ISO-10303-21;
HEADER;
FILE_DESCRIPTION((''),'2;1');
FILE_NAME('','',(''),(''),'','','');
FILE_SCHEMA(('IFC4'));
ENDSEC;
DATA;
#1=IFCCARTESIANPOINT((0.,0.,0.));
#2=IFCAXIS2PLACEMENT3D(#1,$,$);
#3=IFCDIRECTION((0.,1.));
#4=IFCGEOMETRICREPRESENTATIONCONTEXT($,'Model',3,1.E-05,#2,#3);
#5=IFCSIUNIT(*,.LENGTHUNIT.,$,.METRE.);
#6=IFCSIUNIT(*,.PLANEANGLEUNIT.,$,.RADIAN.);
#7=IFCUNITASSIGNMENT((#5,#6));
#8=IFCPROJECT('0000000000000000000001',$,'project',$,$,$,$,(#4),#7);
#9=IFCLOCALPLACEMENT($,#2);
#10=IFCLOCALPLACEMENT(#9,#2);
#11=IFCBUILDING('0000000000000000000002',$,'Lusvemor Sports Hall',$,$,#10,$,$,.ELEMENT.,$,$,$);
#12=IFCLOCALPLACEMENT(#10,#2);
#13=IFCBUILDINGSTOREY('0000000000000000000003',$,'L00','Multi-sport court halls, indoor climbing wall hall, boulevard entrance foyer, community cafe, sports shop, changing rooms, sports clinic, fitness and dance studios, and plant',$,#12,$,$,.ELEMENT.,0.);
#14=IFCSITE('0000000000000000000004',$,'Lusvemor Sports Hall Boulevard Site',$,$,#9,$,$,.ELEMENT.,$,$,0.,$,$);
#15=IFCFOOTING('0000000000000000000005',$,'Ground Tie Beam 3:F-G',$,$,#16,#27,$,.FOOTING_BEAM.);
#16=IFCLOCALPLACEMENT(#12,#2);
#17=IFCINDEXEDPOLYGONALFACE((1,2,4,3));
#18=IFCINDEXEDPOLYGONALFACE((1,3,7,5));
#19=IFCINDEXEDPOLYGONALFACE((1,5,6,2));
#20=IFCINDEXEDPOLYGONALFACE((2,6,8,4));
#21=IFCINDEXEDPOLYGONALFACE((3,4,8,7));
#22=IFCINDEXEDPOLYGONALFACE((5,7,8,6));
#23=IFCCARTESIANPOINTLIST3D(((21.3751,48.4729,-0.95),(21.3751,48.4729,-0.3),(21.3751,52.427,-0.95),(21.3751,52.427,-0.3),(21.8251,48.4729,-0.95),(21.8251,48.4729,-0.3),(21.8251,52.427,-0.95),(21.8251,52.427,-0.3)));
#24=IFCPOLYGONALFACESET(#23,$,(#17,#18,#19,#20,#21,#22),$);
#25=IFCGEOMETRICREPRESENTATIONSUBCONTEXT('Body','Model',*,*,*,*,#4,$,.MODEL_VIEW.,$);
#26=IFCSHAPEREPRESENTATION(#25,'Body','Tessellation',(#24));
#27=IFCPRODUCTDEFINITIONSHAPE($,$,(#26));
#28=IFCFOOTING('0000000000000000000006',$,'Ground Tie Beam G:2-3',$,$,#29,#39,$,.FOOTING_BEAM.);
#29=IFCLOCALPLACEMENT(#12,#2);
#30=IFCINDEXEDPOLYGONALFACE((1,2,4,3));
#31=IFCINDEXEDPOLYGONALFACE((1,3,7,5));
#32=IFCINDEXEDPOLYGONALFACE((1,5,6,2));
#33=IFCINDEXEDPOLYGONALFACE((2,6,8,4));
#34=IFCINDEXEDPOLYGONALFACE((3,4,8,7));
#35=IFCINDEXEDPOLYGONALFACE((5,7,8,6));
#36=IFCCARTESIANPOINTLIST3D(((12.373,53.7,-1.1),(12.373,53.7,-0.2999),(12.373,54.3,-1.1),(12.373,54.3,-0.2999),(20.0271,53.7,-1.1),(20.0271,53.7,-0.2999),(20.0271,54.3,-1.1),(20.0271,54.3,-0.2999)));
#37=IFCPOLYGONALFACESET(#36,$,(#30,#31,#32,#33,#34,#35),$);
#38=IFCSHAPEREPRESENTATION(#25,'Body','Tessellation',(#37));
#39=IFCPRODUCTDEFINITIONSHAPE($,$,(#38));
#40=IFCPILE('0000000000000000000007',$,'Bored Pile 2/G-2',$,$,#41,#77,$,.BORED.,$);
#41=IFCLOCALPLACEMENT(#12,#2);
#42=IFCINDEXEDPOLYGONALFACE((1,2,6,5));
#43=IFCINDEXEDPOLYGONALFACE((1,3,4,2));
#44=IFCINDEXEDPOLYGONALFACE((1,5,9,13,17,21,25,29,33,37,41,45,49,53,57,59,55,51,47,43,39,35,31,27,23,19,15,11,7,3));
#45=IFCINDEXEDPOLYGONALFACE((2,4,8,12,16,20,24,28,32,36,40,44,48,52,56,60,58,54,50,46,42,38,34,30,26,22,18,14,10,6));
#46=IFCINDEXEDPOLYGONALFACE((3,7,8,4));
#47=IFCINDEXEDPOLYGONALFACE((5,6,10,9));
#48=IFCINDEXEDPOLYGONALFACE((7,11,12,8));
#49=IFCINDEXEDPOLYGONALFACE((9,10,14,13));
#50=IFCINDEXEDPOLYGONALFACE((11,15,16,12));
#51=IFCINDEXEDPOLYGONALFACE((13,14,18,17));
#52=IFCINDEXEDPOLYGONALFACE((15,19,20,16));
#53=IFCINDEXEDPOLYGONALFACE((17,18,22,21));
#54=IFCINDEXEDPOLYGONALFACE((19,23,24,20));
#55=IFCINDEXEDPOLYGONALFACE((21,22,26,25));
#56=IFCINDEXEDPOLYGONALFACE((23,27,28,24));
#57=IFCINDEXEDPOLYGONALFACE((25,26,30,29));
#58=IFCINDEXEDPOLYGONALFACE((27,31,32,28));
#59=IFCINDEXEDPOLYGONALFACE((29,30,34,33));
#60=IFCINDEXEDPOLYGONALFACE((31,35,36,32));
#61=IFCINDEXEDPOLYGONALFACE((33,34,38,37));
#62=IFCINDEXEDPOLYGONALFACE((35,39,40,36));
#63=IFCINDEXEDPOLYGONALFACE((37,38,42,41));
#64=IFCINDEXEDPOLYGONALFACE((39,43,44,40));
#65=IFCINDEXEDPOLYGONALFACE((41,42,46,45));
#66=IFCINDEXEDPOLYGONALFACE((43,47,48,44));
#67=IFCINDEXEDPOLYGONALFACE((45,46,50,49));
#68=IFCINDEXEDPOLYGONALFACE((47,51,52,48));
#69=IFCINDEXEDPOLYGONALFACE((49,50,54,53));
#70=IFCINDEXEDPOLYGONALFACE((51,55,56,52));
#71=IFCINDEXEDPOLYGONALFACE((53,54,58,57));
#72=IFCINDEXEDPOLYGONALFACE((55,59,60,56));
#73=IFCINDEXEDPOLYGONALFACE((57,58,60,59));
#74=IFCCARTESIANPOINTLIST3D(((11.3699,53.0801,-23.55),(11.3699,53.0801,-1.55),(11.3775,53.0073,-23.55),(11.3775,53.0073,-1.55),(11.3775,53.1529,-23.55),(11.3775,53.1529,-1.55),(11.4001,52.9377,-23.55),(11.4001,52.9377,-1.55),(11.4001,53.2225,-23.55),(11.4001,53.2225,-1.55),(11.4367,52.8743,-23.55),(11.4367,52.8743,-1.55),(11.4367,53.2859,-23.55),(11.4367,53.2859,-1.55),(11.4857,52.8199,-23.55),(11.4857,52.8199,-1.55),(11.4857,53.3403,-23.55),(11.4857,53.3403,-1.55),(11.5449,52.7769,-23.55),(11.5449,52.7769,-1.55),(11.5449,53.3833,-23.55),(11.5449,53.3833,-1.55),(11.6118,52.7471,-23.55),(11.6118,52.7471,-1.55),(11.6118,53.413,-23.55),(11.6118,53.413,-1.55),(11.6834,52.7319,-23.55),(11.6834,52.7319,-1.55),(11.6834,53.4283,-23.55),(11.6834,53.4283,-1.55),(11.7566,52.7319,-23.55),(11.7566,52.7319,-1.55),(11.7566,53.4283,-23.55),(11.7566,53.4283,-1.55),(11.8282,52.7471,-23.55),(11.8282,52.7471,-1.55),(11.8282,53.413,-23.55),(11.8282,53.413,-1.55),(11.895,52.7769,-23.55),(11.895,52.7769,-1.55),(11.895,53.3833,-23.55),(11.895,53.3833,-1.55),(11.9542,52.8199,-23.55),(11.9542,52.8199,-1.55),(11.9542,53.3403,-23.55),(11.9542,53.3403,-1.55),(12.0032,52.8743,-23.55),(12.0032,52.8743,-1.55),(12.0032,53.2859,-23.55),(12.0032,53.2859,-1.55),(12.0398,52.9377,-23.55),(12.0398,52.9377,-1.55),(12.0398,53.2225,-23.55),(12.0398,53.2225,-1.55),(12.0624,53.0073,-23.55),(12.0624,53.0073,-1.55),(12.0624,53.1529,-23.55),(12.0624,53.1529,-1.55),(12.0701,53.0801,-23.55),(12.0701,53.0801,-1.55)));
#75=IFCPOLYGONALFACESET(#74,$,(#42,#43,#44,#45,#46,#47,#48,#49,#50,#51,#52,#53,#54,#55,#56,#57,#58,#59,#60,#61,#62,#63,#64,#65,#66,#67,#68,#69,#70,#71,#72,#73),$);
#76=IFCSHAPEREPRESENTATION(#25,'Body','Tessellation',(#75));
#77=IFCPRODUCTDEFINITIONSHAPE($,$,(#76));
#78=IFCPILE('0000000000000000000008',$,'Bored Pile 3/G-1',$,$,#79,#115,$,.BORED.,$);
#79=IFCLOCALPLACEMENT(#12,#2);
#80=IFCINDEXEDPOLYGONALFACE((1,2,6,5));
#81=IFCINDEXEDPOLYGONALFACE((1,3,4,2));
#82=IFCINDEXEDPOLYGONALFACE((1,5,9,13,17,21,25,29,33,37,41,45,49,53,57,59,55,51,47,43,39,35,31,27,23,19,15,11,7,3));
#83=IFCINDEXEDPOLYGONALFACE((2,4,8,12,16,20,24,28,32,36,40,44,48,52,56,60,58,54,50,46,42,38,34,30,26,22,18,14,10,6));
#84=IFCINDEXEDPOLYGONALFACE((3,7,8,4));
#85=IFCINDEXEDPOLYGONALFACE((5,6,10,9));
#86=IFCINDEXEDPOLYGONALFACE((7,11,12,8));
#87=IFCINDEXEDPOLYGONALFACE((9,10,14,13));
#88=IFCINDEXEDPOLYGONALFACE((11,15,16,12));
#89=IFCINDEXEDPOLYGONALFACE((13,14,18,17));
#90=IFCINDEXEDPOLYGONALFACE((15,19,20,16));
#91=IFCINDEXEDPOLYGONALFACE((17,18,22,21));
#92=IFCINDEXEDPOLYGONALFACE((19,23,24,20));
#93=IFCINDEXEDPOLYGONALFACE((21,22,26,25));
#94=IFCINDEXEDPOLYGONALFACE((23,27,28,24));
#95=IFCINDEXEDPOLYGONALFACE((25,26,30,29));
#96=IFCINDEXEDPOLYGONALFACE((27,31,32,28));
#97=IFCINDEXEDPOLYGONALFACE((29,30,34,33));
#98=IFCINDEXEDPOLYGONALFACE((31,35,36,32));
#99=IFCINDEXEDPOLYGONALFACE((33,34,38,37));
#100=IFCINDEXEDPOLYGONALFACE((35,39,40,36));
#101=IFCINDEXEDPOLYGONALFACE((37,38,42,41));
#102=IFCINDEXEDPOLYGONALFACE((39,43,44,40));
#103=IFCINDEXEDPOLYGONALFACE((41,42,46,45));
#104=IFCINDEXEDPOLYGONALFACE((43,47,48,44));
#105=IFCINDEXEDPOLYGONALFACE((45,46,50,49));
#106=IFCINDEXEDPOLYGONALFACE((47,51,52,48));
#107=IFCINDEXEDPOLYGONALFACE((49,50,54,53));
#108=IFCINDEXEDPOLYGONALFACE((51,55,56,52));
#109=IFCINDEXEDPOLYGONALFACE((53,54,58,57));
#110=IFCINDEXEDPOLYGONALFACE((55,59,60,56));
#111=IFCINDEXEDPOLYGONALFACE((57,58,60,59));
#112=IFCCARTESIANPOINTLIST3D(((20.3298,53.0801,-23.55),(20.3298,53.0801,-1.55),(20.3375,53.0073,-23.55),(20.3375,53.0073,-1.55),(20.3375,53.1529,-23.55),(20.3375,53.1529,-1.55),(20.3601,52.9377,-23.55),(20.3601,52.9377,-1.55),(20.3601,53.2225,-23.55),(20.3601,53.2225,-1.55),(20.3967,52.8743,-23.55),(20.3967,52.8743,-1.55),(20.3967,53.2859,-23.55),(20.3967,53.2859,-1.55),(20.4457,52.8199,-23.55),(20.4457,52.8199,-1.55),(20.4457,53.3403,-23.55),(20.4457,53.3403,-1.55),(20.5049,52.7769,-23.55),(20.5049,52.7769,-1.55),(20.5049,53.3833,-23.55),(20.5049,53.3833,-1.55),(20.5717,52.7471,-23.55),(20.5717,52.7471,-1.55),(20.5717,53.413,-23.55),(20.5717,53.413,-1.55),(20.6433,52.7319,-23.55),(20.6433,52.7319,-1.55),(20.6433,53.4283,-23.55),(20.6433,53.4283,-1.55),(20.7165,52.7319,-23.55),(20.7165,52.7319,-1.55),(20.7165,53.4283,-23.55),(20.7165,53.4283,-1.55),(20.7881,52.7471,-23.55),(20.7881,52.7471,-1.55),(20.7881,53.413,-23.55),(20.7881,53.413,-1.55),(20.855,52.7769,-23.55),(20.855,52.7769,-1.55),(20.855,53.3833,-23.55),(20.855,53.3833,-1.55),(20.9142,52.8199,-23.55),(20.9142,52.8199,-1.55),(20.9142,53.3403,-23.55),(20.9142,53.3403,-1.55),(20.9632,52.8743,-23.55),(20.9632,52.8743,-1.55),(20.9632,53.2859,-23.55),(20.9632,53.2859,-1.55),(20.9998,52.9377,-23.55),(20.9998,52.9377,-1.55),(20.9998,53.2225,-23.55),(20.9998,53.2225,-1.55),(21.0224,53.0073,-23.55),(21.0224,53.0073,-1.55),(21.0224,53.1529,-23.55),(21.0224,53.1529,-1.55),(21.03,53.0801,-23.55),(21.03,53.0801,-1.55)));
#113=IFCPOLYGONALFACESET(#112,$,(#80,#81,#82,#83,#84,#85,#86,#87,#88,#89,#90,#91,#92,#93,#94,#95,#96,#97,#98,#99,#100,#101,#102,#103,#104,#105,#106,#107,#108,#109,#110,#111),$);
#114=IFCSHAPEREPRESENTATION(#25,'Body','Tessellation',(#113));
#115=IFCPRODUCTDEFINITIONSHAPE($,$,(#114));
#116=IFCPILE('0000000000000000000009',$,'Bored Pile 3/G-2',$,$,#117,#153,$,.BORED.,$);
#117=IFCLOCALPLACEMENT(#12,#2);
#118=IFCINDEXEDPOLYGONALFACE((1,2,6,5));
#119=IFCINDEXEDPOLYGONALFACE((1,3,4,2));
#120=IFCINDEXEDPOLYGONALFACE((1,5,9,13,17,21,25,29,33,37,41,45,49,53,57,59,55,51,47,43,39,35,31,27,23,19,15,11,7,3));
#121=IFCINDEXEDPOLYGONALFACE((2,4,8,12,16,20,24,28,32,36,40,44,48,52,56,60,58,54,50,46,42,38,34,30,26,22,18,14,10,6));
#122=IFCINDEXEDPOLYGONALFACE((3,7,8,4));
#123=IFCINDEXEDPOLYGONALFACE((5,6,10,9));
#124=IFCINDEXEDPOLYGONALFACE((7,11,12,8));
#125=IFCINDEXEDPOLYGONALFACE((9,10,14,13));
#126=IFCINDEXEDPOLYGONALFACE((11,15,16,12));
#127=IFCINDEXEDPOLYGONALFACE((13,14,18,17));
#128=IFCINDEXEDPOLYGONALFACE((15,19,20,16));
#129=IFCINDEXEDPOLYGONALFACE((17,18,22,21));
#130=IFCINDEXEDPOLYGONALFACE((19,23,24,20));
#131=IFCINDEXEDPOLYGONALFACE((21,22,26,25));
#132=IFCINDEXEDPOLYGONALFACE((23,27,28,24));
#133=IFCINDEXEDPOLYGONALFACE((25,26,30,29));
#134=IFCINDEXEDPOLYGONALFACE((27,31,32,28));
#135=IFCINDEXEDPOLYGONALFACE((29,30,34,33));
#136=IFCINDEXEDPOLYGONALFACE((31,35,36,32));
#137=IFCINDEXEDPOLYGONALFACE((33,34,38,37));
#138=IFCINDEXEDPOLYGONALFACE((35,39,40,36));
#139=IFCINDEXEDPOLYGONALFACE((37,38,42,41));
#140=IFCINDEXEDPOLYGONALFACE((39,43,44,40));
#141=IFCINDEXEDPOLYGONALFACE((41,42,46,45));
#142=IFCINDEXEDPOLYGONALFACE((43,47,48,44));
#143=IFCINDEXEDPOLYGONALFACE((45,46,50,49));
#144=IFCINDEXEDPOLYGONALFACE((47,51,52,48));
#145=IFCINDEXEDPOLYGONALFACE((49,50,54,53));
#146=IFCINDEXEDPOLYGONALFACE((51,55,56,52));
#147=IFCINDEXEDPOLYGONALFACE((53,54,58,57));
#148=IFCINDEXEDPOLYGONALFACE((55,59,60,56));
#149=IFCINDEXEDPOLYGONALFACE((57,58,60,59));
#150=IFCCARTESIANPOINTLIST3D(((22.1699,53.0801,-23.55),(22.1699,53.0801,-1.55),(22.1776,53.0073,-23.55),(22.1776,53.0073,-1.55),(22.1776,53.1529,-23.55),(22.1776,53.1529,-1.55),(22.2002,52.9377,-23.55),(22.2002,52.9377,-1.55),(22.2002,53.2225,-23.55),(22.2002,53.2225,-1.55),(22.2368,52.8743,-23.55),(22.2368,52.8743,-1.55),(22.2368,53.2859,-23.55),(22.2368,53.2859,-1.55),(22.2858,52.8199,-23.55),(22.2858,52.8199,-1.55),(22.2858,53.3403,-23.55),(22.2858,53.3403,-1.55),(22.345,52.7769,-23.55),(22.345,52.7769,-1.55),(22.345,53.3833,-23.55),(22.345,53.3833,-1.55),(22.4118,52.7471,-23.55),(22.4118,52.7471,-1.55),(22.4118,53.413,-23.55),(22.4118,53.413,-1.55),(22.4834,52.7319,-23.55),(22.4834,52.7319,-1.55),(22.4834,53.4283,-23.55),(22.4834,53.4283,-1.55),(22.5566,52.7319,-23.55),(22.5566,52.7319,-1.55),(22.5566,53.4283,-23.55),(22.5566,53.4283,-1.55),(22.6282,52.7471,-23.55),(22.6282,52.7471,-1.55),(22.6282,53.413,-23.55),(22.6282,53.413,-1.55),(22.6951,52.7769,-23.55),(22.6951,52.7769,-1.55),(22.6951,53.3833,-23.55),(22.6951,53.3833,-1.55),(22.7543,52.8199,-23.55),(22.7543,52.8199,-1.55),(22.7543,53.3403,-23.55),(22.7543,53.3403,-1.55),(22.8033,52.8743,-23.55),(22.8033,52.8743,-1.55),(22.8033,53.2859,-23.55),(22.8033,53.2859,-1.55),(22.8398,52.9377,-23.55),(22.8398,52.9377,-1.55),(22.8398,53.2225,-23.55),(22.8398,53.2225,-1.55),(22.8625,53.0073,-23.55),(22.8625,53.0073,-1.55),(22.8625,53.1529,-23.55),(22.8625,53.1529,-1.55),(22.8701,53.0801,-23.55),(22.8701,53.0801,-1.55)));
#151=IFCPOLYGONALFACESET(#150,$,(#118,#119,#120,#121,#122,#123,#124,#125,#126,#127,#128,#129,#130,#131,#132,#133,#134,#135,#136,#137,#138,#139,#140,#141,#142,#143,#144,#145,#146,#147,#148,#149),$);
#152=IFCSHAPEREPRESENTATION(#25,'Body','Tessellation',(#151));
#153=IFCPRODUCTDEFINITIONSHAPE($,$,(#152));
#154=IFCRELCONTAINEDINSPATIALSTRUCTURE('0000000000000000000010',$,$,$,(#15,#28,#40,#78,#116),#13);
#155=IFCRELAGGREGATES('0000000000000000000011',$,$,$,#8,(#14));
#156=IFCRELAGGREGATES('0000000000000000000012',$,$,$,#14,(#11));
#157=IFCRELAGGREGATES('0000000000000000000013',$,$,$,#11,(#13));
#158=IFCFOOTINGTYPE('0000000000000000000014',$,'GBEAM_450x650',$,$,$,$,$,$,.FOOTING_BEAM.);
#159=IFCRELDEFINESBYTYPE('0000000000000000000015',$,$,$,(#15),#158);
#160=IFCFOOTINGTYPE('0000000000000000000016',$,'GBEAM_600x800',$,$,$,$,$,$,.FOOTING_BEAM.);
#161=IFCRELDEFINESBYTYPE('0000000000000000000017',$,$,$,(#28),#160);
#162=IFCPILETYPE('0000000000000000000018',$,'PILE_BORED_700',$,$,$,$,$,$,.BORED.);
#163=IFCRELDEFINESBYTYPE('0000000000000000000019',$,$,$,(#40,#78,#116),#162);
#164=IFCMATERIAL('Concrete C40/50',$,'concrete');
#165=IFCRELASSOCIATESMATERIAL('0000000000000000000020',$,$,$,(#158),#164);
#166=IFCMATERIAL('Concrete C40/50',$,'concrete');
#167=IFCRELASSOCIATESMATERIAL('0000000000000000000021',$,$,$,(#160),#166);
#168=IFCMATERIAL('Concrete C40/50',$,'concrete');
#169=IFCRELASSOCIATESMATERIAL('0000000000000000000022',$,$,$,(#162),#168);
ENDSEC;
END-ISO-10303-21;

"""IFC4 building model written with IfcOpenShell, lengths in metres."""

from ifc_helpers import new_model, si_unit, direction, frame, origin, origin_2d, place, context, subcontext, project, spatial, rectangle, circle, extrude, material, material_profile, profile_set, type_object, element, save


model = new_model("IFC4")

# Units and contexts
model_context = context("Model", 3, precision=1e-05, world=origin(), true_north=direction((0.0, 1.0)))
body_context = subcontext(model_context, "Body", "Model", "MODEL_VIEW")
ifc_project = project(units=[si_unit("LENGTHUNIT", "METRE"), si_unit("PLANEANGLEUNIT", "RADIAN")], contexts=[model_context])

# Site, building, storey
site_placement = place(None, origin())
site = spatial("IfcSite", under=ifc_project, at=site_placement, Name="Lusvemor Sports Hall Boulevard Site", CompositionType="ELEMENT", RefElevation=0.0)
building_placement = place(site_placement, origin())
building = spatial("IfcBuilding", under=site, at=building_placement, Name="Lusvemor Sports Hall", CompositionType="ELEMENT")
storey_placement = place(building_placement, origin())
storey = spatial("IfcBuildingStorey", under=building, at=storey_placement, Name="L00", Description="Multi-sport court halls, indoor climbing wall hall, boulevard entrance foyer, community cafe, sports shop, changing rooms, sports clinic, fitness and dance studios, and plant", CompositionType="ELEMENT", Elevation=0.0)

# Footings
ifc_material_1 = material(Name="Concrete C40/50", Category="concrete")
ifc_material_profile_1 = material_profile(ifc_material_1, rectangle(XDim=0.45, YDim=0.6499, at=origin_2d()), Name="GB_450x650")
ifc_profile_set_1 = profile_set([ifc_material_profile_1], Name="Concrete C40/50")
footing_type_1 = type_object("IfcFootingType", Name="GBEAM_450x650", PredefinedType="FOOTING_BEAM", material=ifc_profile_set_1)
footing_1_placement = place(storey_placement, frame((21.6001, 48.4729, -0.625), z_axis=(0.0, 1.0, 0.0), x_axis=(-1.0, 0.0, 0.0)))
element("IfcFooting", 1, at=footing_1_placement, inside=storey, type_object=footing_type_1, Name="Ground Tie Beam 3:F-G", PredefinedType="FOOTING_BEAM", context=body_context, shape_type="SweptSolid", body=[
    extrude(rectangle(XDim=0.45, YDim=0.6499, at=origin_2d()), origin(), (0.0, 0.0, 1.0), 3.9541),
])
ifc_material_2 = material(Name="Concrete C40/50", Category="concrete")
ifc_material_profile_2 = material_profile(ifc_material_2, rectangle(XDim=0.6001, YDim=0.8, at=origin_2d()), Name="GB_600x800")
ifc_profile_set_2 = profile_set([ifc_material_profile_2], Name="Concrete C40/50")
footing_type_2 = type_object("IfcFootingType", Name="GBEAM_600x800", PredefinedType="FOOTING_BEAM", material=ifc_profile_set_2)
footing_2_placement = place(storey_placement, frame((12.373, 54.0, -0.7), z_axis=(1.0, 0.0, 0.0), x_axis=(0.0, 1.0, 0.0)))
element("IfcFooting", 2, at=footing_2_placement, inside=storey, type_object=footing_type_2, Name="Ground Tie Beam G:2-3", PredefinedType="FOOTING_BEAM", context=body_context, shape_type="SweptSolid", body=[
    extrude(rectangle(XDim=0.6001, YDim=0.8, at=origin_2d()), origin(), (0.0, 0.0, 1.0), 7.6541),
])

# Piles
ifc_material_3 = material(Name="Concrete C40/50", Category="concrete")
ifc_material_profile_3 = material_profile(ifc_material_3, circle(Radius=0.3501, at=origin_2d()), Name="PILE700")
ifc_profile_set_3 = profile_set([ifc_material_profile_3], Name="Concrete C40/50")
pile_type = type_object("IfcPileType", Name="PILE_BORED_700", PredefinedType="BORED", material=ifc_profile_set_3)
for number, where, z_axis, x_axis, name in (
    (3, (11.72, 53.0801, -1.55), (0.0, 0.0, -1.0), (1.0, 0.0, 0.0), "Bored Pile 2/G-2"),
    (4, (20.6799, 53.0801, -1.55), (0.0, 0.0, -1.0), (1.0, 0.0, 0.0), "Bored Pile 3/G-1"),
    (5, (22.52, 53.0801, -1.55), (0.0, 0.0, -1.0), (1.0, 0.0, 0.0), "Bored Pile 3/G-2"),
):
    element("IfcPile", number, at=place(storey_placement, frame(where, z_axis=z_axis, x_axis=x_axis)), inside=storey, type_object=pile_type, Name=name, PredefinedType="BORED", context=body_context, shape_type="SweptSolid", body=[
        extrude(circle(Radius=0.3501, at=origin_2d()), origin(), (0.0, 0.0, 1.0), 22.0),
    ])

save(model, "model.ifc")
